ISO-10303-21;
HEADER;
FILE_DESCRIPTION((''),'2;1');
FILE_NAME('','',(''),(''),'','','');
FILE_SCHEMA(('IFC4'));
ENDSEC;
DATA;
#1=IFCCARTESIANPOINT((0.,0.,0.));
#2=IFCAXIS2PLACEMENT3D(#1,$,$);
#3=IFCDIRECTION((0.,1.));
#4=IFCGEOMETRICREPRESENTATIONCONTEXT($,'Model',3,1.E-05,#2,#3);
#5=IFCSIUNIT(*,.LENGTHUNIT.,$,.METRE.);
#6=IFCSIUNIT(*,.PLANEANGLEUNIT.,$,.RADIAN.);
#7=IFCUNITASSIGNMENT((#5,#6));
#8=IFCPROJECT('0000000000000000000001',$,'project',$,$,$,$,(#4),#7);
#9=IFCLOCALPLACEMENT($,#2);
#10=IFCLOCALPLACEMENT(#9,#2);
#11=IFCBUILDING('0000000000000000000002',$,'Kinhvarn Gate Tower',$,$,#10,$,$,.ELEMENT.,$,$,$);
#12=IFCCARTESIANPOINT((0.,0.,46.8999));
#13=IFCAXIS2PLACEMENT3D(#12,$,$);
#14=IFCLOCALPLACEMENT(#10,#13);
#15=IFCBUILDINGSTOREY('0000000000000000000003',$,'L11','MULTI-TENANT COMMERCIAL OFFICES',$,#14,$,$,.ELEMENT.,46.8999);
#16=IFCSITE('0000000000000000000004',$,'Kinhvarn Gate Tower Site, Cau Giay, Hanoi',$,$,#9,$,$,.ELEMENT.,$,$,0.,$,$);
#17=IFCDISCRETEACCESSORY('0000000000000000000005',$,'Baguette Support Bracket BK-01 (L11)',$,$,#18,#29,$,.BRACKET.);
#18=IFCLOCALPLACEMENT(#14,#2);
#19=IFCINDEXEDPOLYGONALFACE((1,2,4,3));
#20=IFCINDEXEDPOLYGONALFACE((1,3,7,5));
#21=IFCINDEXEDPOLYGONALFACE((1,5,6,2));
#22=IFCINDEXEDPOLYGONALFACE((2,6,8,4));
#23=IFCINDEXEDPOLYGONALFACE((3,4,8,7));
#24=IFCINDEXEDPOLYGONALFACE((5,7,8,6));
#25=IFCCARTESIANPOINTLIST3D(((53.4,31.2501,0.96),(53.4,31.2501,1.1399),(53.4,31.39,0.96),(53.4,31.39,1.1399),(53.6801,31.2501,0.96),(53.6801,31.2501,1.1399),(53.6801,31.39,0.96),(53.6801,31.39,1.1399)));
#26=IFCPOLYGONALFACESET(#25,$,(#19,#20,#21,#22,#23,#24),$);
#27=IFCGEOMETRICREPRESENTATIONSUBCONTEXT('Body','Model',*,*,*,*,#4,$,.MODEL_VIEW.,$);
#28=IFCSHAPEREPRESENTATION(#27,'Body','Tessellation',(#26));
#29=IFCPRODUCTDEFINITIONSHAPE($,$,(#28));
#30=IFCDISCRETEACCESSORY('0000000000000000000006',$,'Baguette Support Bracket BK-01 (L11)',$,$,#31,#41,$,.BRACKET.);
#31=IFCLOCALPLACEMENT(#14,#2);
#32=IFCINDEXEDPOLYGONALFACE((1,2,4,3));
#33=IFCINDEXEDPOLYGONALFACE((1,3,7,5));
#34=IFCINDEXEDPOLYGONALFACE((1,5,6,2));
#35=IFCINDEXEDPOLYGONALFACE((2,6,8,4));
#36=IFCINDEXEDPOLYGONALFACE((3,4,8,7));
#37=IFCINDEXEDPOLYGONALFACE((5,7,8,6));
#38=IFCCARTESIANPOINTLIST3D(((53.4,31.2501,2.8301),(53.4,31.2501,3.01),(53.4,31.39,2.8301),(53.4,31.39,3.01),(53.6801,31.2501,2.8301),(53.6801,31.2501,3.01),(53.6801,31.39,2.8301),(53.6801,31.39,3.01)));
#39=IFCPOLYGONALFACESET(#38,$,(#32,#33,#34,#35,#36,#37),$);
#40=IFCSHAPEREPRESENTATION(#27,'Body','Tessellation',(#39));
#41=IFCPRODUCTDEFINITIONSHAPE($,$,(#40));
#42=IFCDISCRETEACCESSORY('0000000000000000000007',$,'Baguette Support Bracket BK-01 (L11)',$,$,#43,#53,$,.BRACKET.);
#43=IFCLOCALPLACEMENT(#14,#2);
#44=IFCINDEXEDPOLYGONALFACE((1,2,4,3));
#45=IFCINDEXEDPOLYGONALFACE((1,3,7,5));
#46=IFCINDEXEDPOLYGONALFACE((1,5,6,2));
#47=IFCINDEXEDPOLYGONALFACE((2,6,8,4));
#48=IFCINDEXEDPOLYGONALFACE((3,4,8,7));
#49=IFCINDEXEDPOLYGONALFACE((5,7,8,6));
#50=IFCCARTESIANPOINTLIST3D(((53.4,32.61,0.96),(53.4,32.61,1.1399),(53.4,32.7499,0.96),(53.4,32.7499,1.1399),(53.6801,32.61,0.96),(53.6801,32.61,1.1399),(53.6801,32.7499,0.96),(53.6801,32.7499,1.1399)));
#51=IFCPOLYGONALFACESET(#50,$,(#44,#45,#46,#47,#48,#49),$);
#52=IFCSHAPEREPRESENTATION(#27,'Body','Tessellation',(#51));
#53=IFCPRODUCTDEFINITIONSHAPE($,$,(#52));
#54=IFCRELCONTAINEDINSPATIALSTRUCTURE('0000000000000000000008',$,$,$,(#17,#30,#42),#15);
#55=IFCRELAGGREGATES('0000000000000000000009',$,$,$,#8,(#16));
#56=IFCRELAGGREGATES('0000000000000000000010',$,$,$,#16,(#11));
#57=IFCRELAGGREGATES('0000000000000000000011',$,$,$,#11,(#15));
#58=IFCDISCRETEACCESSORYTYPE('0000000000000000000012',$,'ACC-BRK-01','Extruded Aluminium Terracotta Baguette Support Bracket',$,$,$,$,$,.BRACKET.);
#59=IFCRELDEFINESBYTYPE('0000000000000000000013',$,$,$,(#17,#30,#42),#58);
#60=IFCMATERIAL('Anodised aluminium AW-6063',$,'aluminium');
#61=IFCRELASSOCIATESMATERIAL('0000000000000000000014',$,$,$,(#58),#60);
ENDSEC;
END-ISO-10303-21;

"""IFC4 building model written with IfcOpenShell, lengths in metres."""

from ifc_helpers import new_model, si_unit, direction, frame, origin, origin_2d, place, context, subcontext, project, spatial, rectangle, extrude, material, type_object, element, save


model = new_model("IFC4")

# Units and contexts
model_context = context("Model", 3, precision=1e-05, world=origin(), true_north=direction((0.0, 1.0)))
body_context = subcontext(model_context, "Body", "Model", "MODEL_VIEW")
ifc_project = project(units=[si_unit("LENGTHUNIT", "METRE"), si_unit("PLANEANGLEUNIT", "RADIAN")], contexts=[model_context])

# Site, building, storey
site_placement = place(None, origin())
site = spatial("IfcSite", under=ifc_project, at=site_placement, Name="Kinhvarn Gate Tower Site, Cau Giay, Hanoi", CompositionType="ELEMENT", RefElevation=0.0)
building_placement = place(site_placement, origin())
building = spatial("IfcBuilding", under=site, at=building_placement, Name="Kinhvarn Gate Tower", CompositionType="ELEMENT")
storey_placement = place(building_placement, frame((0.0, 0.0, 46.8999)))
storey = spatial("IfcBuildingStorey", under=building, at=storey_placement, Name="L11", Description="MULTI-TENANT COMMERCIAL OFFICES", CompositionType="ELEMENT", Elevation=46.8999)

# Shared definitions
ifc_material_1 = material(Name="Anodised aluminium AW-6063", Category="aluminium")

# Discrete accessories
discrete_accessory_type = type_object("IfcDiscreteAccessoryType", Name="ACC-BRK-01", Description="Extruded Aluminium Terracotta Baguette Support Bracket", PredefinedType="BRACKET", material=ifc_material_1)
for number, where, z_axis, x_axis, name in (
    (1, (53.54, 31.3201, 0.96), (0.0, 0.0, 1.0), (0.0, 1.0, 0.0), "Baguette Support Bracket BK-01 (L11)"),
    (2, (53.54, 31.3201, 2.8301), (0.0, 0.0, 1.0), (0.0, 1.0, 0.0), "Baguette Support Bracket BK-01 (L11)"),
    (3, (53.54, 32.6799, 0.96), (0.0, 0.0, 1.0), (0.0, 1.0, 0.0), "Baguette Support Bracket BK-01 (L11)"),
):
    element("IfcDiscreteAccessory", number, at=place(storey_placement, frame(where, z_axis=z_axis, x_axis=x_axis)), inside=storey, type_object=discrete_accessory_type, Name=name, PredefinedType="BRACKET", context=body_context, shape_type="SweptSolid", body=[
        extrude(rectangle(XDim=0.1399, YDim=0.28, at=origin_2d()), origin(), (0.0, 0.0, 1.0), 0.1799),
    ])

save(model, "model.ifc")
